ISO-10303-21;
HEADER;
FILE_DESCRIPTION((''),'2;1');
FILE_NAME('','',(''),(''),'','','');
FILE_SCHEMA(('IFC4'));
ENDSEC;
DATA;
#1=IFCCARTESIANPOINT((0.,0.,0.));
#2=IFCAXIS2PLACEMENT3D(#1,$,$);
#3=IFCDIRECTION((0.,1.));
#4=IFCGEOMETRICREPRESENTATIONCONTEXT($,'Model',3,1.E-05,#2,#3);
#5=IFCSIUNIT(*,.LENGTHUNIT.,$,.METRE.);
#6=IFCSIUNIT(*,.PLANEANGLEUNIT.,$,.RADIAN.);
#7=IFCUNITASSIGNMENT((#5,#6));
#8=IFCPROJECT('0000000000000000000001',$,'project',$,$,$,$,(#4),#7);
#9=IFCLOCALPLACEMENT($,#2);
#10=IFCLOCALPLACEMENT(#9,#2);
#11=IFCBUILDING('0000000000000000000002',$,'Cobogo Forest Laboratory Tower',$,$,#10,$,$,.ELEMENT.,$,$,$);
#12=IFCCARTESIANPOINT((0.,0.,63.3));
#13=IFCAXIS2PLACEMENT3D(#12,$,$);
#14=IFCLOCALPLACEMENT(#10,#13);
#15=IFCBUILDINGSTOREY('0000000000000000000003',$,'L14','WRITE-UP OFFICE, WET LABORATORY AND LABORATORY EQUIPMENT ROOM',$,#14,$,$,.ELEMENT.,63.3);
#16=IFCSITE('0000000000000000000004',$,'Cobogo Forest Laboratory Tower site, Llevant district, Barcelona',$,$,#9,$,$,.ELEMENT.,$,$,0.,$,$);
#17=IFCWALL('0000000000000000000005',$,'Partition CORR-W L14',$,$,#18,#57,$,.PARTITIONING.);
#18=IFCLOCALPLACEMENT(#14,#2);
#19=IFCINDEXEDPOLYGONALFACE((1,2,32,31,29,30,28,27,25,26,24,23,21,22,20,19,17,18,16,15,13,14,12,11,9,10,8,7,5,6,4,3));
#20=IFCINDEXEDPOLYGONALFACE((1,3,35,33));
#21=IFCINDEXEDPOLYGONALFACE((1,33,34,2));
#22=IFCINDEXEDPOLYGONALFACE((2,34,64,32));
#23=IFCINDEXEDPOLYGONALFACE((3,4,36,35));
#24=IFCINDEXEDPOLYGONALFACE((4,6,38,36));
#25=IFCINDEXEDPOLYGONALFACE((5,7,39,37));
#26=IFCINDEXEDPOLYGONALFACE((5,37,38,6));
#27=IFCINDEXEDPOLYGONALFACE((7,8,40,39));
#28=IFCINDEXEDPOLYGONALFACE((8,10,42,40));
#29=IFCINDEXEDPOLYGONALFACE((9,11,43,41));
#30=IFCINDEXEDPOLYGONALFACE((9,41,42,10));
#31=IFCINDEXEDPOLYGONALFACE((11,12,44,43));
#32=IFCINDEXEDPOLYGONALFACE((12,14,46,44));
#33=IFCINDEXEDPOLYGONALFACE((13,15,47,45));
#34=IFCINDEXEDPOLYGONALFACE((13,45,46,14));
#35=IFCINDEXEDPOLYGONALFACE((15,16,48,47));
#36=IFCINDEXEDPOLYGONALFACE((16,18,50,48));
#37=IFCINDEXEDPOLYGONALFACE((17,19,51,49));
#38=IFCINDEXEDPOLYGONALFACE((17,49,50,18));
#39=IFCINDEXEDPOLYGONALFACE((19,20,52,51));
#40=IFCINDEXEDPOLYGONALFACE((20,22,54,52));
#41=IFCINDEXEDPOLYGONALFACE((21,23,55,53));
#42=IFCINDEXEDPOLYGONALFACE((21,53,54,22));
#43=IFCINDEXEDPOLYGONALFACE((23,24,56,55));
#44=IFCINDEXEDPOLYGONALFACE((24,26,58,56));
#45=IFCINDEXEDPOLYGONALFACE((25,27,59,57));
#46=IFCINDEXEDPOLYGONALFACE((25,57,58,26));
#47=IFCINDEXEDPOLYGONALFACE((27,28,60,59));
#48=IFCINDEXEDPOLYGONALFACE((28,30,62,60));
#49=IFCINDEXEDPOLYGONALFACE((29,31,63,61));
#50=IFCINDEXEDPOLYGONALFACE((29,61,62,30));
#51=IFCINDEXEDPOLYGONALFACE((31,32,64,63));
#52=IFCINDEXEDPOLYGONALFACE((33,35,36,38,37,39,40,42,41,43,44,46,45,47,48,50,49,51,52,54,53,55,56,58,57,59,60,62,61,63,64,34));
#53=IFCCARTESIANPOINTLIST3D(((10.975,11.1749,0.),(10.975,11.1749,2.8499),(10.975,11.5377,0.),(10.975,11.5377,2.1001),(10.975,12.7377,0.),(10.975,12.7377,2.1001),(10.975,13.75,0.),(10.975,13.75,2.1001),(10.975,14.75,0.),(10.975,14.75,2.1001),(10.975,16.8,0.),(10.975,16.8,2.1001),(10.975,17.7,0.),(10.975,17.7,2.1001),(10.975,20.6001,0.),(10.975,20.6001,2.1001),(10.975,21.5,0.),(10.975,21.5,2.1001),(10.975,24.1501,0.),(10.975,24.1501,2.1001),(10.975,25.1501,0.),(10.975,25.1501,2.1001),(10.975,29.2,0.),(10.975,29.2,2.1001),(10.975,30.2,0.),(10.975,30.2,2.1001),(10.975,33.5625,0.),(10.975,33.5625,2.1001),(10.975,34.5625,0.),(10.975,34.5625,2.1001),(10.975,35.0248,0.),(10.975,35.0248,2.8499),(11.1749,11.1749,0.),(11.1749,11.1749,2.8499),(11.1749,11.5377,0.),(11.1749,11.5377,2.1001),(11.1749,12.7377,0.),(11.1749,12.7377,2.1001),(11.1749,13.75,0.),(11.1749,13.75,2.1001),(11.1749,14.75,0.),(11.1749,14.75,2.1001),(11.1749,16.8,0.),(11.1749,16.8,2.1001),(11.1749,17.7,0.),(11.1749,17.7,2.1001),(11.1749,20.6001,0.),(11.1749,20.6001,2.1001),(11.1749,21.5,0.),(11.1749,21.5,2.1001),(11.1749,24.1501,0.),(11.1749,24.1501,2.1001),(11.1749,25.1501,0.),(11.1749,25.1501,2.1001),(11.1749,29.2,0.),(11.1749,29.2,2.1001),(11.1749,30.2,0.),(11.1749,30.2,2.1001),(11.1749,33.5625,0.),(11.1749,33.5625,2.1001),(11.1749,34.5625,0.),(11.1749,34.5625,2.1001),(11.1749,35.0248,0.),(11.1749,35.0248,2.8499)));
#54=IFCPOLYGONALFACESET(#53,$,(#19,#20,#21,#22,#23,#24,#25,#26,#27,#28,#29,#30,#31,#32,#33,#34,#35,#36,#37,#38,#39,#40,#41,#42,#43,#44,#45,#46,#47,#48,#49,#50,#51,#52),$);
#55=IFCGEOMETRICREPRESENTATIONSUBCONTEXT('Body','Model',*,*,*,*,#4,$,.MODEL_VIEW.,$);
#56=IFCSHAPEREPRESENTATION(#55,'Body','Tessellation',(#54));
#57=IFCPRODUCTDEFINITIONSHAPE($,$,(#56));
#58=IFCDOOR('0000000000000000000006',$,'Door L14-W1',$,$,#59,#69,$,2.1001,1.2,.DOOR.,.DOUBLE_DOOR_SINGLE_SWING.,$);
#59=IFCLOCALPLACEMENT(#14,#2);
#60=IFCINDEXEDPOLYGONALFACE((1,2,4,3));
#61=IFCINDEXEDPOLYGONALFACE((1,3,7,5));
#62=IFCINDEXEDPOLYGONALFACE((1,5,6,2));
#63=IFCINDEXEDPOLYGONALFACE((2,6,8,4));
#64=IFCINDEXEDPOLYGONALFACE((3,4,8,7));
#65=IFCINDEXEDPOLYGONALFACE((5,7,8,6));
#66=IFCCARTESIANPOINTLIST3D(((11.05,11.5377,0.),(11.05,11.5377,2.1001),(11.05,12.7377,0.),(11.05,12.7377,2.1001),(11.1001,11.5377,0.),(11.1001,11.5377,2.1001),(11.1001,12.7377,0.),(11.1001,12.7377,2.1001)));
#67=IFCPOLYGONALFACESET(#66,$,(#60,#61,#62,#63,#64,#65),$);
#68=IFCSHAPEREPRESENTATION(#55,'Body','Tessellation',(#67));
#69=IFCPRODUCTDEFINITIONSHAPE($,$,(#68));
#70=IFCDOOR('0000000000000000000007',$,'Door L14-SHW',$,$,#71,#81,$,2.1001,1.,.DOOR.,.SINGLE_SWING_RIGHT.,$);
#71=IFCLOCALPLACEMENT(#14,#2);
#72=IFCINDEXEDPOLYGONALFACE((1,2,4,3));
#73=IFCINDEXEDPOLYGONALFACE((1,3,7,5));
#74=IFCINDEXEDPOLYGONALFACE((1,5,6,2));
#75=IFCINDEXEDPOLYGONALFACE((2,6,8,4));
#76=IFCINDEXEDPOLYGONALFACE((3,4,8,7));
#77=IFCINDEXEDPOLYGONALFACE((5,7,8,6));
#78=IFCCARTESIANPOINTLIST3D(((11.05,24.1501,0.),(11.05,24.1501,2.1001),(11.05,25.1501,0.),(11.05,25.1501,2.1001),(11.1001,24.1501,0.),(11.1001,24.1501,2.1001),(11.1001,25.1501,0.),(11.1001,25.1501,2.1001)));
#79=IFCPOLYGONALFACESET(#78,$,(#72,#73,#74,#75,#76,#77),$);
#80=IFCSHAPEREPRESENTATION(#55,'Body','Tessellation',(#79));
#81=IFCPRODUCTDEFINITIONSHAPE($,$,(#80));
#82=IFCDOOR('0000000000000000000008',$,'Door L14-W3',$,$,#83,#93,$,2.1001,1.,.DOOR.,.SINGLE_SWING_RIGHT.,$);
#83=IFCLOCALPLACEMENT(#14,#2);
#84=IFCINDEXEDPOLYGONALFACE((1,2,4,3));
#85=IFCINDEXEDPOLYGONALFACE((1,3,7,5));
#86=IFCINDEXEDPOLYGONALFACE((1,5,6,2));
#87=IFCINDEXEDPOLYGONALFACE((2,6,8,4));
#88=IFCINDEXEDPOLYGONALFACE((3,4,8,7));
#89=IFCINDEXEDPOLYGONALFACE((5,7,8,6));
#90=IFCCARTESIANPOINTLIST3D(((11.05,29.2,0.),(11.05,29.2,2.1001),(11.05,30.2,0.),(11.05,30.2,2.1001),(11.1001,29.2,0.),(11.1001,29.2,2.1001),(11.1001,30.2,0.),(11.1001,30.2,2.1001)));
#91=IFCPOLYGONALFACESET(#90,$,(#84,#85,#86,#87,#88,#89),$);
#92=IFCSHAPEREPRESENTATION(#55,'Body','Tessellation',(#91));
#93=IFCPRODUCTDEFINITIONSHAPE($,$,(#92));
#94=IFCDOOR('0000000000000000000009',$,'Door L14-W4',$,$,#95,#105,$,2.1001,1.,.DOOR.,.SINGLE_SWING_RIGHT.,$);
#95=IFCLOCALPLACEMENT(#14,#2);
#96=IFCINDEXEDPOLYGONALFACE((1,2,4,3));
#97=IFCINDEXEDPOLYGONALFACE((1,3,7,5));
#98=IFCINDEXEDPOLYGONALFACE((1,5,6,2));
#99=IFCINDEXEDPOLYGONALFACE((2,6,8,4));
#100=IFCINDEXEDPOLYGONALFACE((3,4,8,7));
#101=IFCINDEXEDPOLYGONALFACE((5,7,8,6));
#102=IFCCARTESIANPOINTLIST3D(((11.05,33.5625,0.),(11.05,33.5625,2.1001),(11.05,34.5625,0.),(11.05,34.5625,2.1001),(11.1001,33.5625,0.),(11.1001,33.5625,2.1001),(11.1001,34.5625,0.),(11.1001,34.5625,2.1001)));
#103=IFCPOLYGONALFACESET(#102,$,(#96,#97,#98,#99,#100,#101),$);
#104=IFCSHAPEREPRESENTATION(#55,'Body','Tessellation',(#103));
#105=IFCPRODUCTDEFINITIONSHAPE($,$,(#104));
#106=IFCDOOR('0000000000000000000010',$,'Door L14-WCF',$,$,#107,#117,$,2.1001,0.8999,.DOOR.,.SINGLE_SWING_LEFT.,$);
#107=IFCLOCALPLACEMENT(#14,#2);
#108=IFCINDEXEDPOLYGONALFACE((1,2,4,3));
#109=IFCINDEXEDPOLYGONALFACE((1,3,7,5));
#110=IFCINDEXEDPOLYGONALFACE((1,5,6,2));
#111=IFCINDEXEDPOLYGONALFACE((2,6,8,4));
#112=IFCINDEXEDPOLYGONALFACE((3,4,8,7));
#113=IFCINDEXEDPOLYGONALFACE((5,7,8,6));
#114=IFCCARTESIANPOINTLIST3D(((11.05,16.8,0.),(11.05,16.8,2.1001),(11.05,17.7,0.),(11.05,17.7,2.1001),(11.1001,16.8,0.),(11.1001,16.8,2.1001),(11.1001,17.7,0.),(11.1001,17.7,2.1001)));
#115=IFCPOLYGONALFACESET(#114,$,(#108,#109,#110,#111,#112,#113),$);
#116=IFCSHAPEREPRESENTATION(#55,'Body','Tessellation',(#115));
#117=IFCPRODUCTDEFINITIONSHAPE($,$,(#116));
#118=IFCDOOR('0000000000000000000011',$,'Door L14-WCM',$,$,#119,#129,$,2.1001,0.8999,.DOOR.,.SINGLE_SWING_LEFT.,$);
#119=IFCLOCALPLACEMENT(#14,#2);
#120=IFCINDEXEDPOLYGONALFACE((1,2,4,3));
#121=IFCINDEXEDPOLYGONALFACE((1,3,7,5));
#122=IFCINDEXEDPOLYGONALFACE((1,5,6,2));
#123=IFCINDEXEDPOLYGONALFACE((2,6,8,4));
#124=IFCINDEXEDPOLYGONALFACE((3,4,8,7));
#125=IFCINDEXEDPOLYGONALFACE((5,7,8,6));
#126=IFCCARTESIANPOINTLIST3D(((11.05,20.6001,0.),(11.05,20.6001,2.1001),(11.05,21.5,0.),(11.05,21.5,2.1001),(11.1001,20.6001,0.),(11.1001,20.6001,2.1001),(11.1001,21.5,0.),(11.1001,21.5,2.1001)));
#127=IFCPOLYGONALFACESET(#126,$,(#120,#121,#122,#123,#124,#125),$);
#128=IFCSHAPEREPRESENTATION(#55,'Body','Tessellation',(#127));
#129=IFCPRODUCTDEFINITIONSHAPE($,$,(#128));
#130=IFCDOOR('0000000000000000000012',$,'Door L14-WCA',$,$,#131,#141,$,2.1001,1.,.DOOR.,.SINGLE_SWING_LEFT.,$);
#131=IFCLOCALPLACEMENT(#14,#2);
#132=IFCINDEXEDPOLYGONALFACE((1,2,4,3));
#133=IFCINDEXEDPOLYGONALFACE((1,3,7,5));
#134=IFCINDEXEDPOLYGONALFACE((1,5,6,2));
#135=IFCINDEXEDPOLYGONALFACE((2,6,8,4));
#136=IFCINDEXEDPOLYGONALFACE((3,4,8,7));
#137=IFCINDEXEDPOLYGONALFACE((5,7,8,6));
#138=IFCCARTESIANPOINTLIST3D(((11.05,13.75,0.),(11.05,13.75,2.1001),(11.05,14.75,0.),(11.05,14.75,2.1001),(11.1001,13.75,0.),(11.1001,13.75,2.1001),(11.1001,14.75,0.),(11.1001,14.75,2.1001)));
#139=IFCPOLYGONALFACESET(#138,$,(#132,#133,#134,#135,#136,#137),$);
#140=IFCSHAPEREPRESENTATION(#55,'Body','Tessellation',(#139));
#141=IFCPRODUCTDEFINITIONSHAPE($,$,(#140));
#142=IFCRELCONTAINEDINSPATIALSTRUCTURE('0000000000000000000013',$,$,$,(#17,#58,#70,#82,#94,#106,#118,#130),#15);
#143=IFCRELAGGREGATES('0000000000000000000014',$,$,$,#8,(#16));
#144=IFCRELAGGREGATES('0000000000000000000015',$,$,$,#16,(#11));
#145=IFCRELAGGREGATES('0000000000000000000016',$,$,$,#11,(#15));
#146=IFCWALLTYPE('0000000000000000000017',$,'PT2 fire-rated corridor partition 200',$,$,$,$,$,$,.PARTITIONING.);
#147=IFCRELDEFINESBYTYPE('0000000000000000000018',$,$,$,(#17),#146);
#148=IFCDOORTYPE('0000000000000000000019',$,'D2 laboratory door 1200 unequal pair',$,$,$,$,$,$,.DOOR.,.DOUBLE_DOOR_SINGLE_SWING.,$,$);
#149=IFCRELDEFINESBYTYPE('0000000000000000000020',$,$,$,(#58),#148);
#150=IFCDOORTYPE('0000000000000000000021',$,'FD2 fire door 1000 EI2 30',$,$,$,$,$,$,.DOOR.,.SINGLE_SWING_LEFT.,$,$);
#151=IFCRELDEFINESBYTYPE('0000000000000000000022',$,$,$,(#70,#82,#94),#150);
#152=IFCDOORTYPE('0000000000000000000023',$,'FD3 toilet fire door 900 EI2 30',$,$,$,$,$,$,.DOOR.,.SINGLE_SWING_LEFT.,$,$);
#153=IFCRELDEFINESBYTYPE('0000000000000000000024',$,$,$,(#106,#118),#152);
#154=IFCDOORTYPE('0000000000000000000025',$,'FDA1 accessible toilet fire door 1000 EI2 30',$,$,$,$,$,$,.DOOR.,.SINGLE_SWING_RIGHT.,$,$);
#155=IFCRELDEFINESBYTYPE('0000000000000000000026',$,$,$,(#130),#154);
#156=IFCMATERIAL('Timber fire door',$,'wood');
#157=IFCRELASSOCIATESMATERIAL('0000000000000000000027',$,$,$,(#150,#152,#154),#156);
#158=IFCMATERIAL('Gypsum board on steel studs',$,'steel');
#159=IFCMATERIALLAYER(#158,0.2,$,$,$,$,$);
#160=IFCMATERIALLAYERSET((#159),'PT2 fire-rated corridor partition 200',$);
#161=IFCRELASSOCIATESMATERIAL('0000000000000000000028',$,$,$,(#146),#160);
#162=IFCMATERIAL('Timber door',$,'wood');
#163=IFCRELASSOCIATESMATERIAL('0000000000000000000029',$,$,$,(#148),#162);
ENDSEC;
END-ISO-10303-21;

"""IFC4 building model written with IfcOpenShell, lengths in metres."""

from ifc_helpers import new_model, si_unit, direction, frame, frame_2d, origin, place, context, subcontext, project, spatial, rectangle, extrude, material, layer, layer_set, type_object, element, fill, save


model = new_model("IFC4")

# Units and contexts
model_context = context("Model", 3, precision=1e-05, world=origin(), true_north=direction((0.0, 1.0)))
body_context = subcontext(model_context, "Body", "Model", "MODEL_VIEW")
ifc_project = project(units=[si_unit("LENGTHUNIT", "METRE"), si_unit("PLANEANGLEUNIT", "RADIAN")], contexts=[model_context])

# Site, building, storey
site_placement = place(None, origin())
site = spatial("IfcSite", under=ifc_project, at=site_placement, Name="Cobogo Forest Laboratory Tower site, Llevant district, Barcelona", CompositionType="ELEMENT", RefElevation=0.0)
building_placement = place(site_placement, origin())
building = spatial("IfcBuilding", under=site, at=building_placement, Name="Cobogo Forest Laboratory Tower", CompositionType="ELEMENT")
storey_placement = place(building_placement, frame((0.0, 0.0, 63.3)))
storey = spatial("IfcBuildingStorey", under=building, at=storey_placement, Name="L14", Description="WRITE-UP OFFICE, WET LABORATORY AND LABORATORY EQUIPMENT ROOM", CompositionType="ELEMENT", Elevation=63.3)

# Shared definitions
ifc_material_1 = material(Name="Gypsum board on steel studs", Category="steel")
ifc_material_2 = material(Name="Timber fire door", Category="wood")
door_type_1 = type_object("IfcDoorType", Name="FD2 fire door 1000 EI2 30", OperationType="SINGLE_SWING_LEFT", PredefinedType="DOOR", material=ifc_material_2)

# Wall, openings, doors
ifc_layer_1 = layer(ifc_material_1, 0.2)
ifc_layer_set_1 = layer_set([ifc_layer_1], Name="PT2 fire-rated corridor partition 200")
wall_type_1 = type_object("IfcWallType", Name="PT2 fire-rated corridor partition 200", PredefinedType="PARTITIONING", material=ifc_layer_set_1)
ifc_material_3 = material(Name="Timber door", Category="wood")
door_type_2 = type_object("IfcDoorType", Name="D2 laboratory door 1200 unequal pair", OperationType="DOUBLE_DOOR_SINGLE_SWING", PredefinedType="DOOR", material=ifc_material_3)
wall_1_placement = place(storey_placement, frame((11.075, 11.175, 0.0), z_axis=(0.0, 0.0, 1.0), x_axis=(0.0, 1.0, 0.0)))
wall_1 = element("IfcWall", 1, at=wall_1_placement, inside=storey, type_object=wall_type_1, Name="Partition CORR-W L14", PredefinedType="PARTITIONING", context=body_context, shape_type="SweptSolid", body=[
    extrude(rectangle(XDim=23.8499, YDim=0.2, at=frame_2d((11.9248, 0.0))), origin(), (0.0, 0.0, 1.0), 2.8499),
])
opening_1_placement = place(wall_1_placement, frame((0.3625, 0.0, 0.0)))
opening_1 = element("IfcOpeningElement", 2, at=opening_1_placement, cuts=wall_1, PredefinedType="OPENING", context=body_context, shape_type="SweptSolid", body=[
    extrude(rectangle(XDim=1.2, YDim=2.1001, at=frame_2d((0.6001, 1.05))), frame((0.0, 0.1099, 0.0), z_axis=(0.0, -1.0, 0.0), x_axis=(1.0, 0.0, 0.0)), (0.0, 0.0, 1.0), 0.22),
])
opening_2_placement = place(wall_1_placement, frame((2.575, 0.0, 0.0)))
opening_2 = element("IfcOpeningElement", 3, at=opening_2_placement, cuts=wall_1, PredefinedType="OPENING", context=body_context, shape_type="SweptSolid", body=[
    extrude(rectangle(XDim=1.0, YDim=2.1001, at=frame_2d((0.5, 1.05))), frame((0.0, 0.1099, 0.0), z_axis=(0.0, -1.0, 0.0), x_axis=(1.0, 0.0, 0.0)), (0.0, 0.0, 1.0), 0.22),
])
opening_3_placement = place(wall_1_placement, frame((5.625, 0.0, 0.0)))
opening_3 = element("IfcOpeningElement", 4, at=opening_3_placement, cuts=wall_1, PredefinedType="OPENING", context=body_context, shape_type="SweptSolid", body=[
    extrude(rectangle(XDim=0.8999, YDim=2.1001, at=frame_2d((0.45, 1.05))), frame((0.0, 0.1099, 0.0), z_axis=(0.0, -1.0, 0.0), x_axis=(1.0, 0.0, 0.0)), (0.0, 0.0, 1.0), 0.22),
])
opening_4_placement = place(wall_1_placement, frame((9.425, 0.0, 0.0)))
opening_4 = element("IfcOpeningElement", 5, at=opening_4_placement, cuts=wall_1, PredefinedType="OPENING", context=body_context, shape_type="SweptSolid", body=[
    extrude(rectangle(XDim=0.8999, YDim=2.1001, at=frame_2d((0.45, 1.05))), frame((0.0, 0.1099, 0.0), z_axis=(0.0, -1.0, 0.0), x_axis=(1.0, 0.0, 0.0)), (0.0, 0.0, 1.0), 0.22),
])
opening_5_placement = place(wall_1_placement, frame((12.9751, 0.0, 0.0)))
opening_5 = element("IfcOpeningElement", 6, at=opening_5_placement, cuts=wall_1, PredefinedType="OPENING", context=body_context, shape_type="SweptSolid", body=[
    extrude(rectangle(XDim=1.0, YDim=2.1001, at=frame_2d((0.5, 1.05))), frame((0.0, 0.1099, 0.0), z_axis=(0.0, -1.0, 0.0), x_axis=(1.0, 0.0, 0.0)), (0.0, 0.0, 1.0), 0.22),
])
opening_6_placement = place(wall_1_placement, frame((18.0249, 0.0, 0.0)))
opening_6 = element("IfcOpeningElement", 7, at=opening_6_placement, cuts=wall_1, PredefinedType="OPENING", context=body_context, shape_type="SweptSolid", body=[
    extrude(rectangle(XDim=1.0, YDim=2.1001, at=frame_2d((0.5, 1.05))), frame((0.0, 0.1099, 0.0), z_axis=(0.0, -1.0, 0.0), x_axis=(1.0, 0.0, 0.0)), (0.0, 0.0, 1.0), 0.22),
])
opening_7_placement = place(wall_1_placement, frame((22.3875, 0.0, 0.0)))
opening_7 = element("IfcOpeningElement", 8, at=opening_7_placement, cuts=wall_1, PredefinedType="OPENING", context=body_context, shape_type="SweptSolid", body=[
    extrude(rectangle(XDim=1.0, YDim=2.1001, at=frame_2d((0.5, 1.05))), frame((0.0, 0.1099, 0.0), z_axis=(0.0, -1.0, 0.0), x_axis=(1.0, 0.0, 0.0)), (0.0, 0.0, 1.0), 0.22),
])
door_1_placement = place(opening_1_placement, origin())
door_1 = element("IfcDoor", 9, at=door_1_placement, inside=storey, type_object=door_type_2, Name="Door L14-W1", OperationType="DOUBLE_DOOR_SINGLE_SWING", OverallHeight=2.1001, OverallWidth=1.2, PredefinedType="DOOR", context=body_context, shape_type="SweptSolid", body=[
    extrude(rectangle(XDim=1.2, YDim=2.1001, at=frame_2d((0.6001, 1.05))), frame((0.0, 0.0249, 0.0), z_axis=(0.0, -1.0, 0.0), x_axis=(1.0, 0.0, 0.0)), (0.0, 0.0, 1.0), 0.05),
])
fill(opening_1, door_1)
door_2_placement = place(opening_5_placement, origin())
door_2 = element("IfcDoor", 10, at=door_2_placement, inside=storey, type_object=door_type_1, Name="Door L14-SHW", OperationType="SINGLE_SWING_RIGHT", OverallHeight=2.1001, OverallWidth=1.0, PredefinedType="DOOR", context=body_context, shape_type="SweptSolid", body=[
    extrude(rectangle(XDim=1.0, YDim=2.1001, at=frame_2d((0.5, 1.05))), frame((0.0, 0.0249, 0.0), z_axis=(0.0, -1.0, 0.0), x_axis=(1.0, 0.0, 0.0)), (0.0, 0.0, 1.0), 0.05),
])
fill(opening_5, door_2)
door_3_placement = place(opening_6_placement, origin())
door_3 = element("IfcDoor", 11, at=door_3_placement, inside=storey, type_object=door_type_1, Name="Door L14-W3", OperationType="SINGLE_SWING_RIGHT", OverallHeight=2.1001, OverallWidth=1.0, PredefinedType="DOOR", context=body_context, shape_type="SweptSolid", body=[
    extrude(rectangle(XDim=1.0, YDim=2.1001, at=frame_2d((0.5, 1.05))), frame((0.0, 0.0249, 0.0), z_axis=(0.0, -1.0, 0.0), x_axis=(1.0, 0.0, 0.0)), (0.0, 0.0, 1.0), 0.05),
])
fill(opening_6, door_3)
door_4_placement = place(opening_7_placement, origin())
door_4 = element("IfcDoor", 12, at=door_4_placement, inside=storey, type_object=door_type_1, Name="Door L14-W4", OperationType="SINGLE_SWING_RIGHT", OverallHeight=2.1001, OverallWidth=1.0, PredefinedType="DOOR", context=body_context, shape_type="SweptSolid", body=[
    extrude(rectangle(XDim=1.0, YDim=2.1001, at=frame_2d((0.5, 1.05))), frame((0.0, 0.0249, 0.0), z_axis=(0.0, -1.0, 0.0), x_axis=(1.0, 0.0, 0.0)), (0.0, 0.0, 1.0), 0.05),
])
fill(opening_7, door_4)
door_type_3 = type_object("IfcDoorType", Name="FD3 toilet fire door 900 EI2 30", OperationType="SINGLE_SWING_LEFT", PredefinedType="DOOR", material=ifc_material_2)
door_5_placement = place(opening_3_placement, origin())
door_5 = element("IfcDoor", 13, at=door_5_placement, inside=storey, type_object=door_type_3, Name="Door L14-WCF", OperationType="SINGLE_SWING_LEFT", OverallHeight=2.1001, OverallWidth=0.8999, PredefinedType="DOOR", context=body_context, shape_type="SweptSolid", body=[
    extrude(rectangle(XDim=0.8999, YDim=2.1001, at=frame_2d((0.45, 1.05))), frame((0.0, 0.0249, 0.0), z_axis=(0.0, -1.0, 0.0), x_axis=(1.0, 0.0, 0.0)), (0.0, 0.0, 1.0), 0.05),
])
fill(opening_3, door_5)
door_6_placement = place(opening_4_placement, origin())
door_6 = element("IfcDoor", 14, at=door_6_placement, inside=storey, type_object=door_type_3, Name="Door L14-WCM", OperationType="SINGLE_SWING_LEFT", OverallHeight=2.1001, OverallWidth=0.8999, PredefinedType="DOOR", context=body_context, shape_type="SweptSolid", body=[
    extrude(rectangle(XDim=0.8999, YDim=2.1001, at=frame_2d((0.45, 1.05))), frame((0.0, 0.0249, 0.0), z_axis=(0.0, -1.0, 0.0), x_axis=(1.0, 0.0, 0.0)), (0.0, 0.0, 1.0), 0.05),
])
fill(opening_4, door_6)
door_type_4 = type_object("IfcDoorType", Name="FDA1 accessible toilet fire door 1000 EI2 30", OperationType="SINGLE_SWING_RIGHT", PredefinedType="DOOR", material=ifc_material_2)
door_7_placement = place(opening_2_placement, origin())
door_7 = element("IfcDoor", 15, at=door_7_placement, inside=storey, type_object=door_type_4, Name="Door L14-WCA", OperationType="SINGLE_SWING_LEFT", OverallHeight=2.1001, OverallWidth=1.0, PredefinedType="DOOR", context=body_context, shape_type="SweptSolid", body=[
    extrude(rectangle(XDim=1.0, YDim=2.1001, at=frame_2d((0.5, 1.05))), frame((0.0, 0.0249, 0.0), z_axis=(0.0, -1.0, 0.0), x_axis=(1.0, 0.0, 0.0)), (0.0, 0.0, 1.0), 0.05),
])
fill(opening_2, door_7)

save(model, "model.ifc")
